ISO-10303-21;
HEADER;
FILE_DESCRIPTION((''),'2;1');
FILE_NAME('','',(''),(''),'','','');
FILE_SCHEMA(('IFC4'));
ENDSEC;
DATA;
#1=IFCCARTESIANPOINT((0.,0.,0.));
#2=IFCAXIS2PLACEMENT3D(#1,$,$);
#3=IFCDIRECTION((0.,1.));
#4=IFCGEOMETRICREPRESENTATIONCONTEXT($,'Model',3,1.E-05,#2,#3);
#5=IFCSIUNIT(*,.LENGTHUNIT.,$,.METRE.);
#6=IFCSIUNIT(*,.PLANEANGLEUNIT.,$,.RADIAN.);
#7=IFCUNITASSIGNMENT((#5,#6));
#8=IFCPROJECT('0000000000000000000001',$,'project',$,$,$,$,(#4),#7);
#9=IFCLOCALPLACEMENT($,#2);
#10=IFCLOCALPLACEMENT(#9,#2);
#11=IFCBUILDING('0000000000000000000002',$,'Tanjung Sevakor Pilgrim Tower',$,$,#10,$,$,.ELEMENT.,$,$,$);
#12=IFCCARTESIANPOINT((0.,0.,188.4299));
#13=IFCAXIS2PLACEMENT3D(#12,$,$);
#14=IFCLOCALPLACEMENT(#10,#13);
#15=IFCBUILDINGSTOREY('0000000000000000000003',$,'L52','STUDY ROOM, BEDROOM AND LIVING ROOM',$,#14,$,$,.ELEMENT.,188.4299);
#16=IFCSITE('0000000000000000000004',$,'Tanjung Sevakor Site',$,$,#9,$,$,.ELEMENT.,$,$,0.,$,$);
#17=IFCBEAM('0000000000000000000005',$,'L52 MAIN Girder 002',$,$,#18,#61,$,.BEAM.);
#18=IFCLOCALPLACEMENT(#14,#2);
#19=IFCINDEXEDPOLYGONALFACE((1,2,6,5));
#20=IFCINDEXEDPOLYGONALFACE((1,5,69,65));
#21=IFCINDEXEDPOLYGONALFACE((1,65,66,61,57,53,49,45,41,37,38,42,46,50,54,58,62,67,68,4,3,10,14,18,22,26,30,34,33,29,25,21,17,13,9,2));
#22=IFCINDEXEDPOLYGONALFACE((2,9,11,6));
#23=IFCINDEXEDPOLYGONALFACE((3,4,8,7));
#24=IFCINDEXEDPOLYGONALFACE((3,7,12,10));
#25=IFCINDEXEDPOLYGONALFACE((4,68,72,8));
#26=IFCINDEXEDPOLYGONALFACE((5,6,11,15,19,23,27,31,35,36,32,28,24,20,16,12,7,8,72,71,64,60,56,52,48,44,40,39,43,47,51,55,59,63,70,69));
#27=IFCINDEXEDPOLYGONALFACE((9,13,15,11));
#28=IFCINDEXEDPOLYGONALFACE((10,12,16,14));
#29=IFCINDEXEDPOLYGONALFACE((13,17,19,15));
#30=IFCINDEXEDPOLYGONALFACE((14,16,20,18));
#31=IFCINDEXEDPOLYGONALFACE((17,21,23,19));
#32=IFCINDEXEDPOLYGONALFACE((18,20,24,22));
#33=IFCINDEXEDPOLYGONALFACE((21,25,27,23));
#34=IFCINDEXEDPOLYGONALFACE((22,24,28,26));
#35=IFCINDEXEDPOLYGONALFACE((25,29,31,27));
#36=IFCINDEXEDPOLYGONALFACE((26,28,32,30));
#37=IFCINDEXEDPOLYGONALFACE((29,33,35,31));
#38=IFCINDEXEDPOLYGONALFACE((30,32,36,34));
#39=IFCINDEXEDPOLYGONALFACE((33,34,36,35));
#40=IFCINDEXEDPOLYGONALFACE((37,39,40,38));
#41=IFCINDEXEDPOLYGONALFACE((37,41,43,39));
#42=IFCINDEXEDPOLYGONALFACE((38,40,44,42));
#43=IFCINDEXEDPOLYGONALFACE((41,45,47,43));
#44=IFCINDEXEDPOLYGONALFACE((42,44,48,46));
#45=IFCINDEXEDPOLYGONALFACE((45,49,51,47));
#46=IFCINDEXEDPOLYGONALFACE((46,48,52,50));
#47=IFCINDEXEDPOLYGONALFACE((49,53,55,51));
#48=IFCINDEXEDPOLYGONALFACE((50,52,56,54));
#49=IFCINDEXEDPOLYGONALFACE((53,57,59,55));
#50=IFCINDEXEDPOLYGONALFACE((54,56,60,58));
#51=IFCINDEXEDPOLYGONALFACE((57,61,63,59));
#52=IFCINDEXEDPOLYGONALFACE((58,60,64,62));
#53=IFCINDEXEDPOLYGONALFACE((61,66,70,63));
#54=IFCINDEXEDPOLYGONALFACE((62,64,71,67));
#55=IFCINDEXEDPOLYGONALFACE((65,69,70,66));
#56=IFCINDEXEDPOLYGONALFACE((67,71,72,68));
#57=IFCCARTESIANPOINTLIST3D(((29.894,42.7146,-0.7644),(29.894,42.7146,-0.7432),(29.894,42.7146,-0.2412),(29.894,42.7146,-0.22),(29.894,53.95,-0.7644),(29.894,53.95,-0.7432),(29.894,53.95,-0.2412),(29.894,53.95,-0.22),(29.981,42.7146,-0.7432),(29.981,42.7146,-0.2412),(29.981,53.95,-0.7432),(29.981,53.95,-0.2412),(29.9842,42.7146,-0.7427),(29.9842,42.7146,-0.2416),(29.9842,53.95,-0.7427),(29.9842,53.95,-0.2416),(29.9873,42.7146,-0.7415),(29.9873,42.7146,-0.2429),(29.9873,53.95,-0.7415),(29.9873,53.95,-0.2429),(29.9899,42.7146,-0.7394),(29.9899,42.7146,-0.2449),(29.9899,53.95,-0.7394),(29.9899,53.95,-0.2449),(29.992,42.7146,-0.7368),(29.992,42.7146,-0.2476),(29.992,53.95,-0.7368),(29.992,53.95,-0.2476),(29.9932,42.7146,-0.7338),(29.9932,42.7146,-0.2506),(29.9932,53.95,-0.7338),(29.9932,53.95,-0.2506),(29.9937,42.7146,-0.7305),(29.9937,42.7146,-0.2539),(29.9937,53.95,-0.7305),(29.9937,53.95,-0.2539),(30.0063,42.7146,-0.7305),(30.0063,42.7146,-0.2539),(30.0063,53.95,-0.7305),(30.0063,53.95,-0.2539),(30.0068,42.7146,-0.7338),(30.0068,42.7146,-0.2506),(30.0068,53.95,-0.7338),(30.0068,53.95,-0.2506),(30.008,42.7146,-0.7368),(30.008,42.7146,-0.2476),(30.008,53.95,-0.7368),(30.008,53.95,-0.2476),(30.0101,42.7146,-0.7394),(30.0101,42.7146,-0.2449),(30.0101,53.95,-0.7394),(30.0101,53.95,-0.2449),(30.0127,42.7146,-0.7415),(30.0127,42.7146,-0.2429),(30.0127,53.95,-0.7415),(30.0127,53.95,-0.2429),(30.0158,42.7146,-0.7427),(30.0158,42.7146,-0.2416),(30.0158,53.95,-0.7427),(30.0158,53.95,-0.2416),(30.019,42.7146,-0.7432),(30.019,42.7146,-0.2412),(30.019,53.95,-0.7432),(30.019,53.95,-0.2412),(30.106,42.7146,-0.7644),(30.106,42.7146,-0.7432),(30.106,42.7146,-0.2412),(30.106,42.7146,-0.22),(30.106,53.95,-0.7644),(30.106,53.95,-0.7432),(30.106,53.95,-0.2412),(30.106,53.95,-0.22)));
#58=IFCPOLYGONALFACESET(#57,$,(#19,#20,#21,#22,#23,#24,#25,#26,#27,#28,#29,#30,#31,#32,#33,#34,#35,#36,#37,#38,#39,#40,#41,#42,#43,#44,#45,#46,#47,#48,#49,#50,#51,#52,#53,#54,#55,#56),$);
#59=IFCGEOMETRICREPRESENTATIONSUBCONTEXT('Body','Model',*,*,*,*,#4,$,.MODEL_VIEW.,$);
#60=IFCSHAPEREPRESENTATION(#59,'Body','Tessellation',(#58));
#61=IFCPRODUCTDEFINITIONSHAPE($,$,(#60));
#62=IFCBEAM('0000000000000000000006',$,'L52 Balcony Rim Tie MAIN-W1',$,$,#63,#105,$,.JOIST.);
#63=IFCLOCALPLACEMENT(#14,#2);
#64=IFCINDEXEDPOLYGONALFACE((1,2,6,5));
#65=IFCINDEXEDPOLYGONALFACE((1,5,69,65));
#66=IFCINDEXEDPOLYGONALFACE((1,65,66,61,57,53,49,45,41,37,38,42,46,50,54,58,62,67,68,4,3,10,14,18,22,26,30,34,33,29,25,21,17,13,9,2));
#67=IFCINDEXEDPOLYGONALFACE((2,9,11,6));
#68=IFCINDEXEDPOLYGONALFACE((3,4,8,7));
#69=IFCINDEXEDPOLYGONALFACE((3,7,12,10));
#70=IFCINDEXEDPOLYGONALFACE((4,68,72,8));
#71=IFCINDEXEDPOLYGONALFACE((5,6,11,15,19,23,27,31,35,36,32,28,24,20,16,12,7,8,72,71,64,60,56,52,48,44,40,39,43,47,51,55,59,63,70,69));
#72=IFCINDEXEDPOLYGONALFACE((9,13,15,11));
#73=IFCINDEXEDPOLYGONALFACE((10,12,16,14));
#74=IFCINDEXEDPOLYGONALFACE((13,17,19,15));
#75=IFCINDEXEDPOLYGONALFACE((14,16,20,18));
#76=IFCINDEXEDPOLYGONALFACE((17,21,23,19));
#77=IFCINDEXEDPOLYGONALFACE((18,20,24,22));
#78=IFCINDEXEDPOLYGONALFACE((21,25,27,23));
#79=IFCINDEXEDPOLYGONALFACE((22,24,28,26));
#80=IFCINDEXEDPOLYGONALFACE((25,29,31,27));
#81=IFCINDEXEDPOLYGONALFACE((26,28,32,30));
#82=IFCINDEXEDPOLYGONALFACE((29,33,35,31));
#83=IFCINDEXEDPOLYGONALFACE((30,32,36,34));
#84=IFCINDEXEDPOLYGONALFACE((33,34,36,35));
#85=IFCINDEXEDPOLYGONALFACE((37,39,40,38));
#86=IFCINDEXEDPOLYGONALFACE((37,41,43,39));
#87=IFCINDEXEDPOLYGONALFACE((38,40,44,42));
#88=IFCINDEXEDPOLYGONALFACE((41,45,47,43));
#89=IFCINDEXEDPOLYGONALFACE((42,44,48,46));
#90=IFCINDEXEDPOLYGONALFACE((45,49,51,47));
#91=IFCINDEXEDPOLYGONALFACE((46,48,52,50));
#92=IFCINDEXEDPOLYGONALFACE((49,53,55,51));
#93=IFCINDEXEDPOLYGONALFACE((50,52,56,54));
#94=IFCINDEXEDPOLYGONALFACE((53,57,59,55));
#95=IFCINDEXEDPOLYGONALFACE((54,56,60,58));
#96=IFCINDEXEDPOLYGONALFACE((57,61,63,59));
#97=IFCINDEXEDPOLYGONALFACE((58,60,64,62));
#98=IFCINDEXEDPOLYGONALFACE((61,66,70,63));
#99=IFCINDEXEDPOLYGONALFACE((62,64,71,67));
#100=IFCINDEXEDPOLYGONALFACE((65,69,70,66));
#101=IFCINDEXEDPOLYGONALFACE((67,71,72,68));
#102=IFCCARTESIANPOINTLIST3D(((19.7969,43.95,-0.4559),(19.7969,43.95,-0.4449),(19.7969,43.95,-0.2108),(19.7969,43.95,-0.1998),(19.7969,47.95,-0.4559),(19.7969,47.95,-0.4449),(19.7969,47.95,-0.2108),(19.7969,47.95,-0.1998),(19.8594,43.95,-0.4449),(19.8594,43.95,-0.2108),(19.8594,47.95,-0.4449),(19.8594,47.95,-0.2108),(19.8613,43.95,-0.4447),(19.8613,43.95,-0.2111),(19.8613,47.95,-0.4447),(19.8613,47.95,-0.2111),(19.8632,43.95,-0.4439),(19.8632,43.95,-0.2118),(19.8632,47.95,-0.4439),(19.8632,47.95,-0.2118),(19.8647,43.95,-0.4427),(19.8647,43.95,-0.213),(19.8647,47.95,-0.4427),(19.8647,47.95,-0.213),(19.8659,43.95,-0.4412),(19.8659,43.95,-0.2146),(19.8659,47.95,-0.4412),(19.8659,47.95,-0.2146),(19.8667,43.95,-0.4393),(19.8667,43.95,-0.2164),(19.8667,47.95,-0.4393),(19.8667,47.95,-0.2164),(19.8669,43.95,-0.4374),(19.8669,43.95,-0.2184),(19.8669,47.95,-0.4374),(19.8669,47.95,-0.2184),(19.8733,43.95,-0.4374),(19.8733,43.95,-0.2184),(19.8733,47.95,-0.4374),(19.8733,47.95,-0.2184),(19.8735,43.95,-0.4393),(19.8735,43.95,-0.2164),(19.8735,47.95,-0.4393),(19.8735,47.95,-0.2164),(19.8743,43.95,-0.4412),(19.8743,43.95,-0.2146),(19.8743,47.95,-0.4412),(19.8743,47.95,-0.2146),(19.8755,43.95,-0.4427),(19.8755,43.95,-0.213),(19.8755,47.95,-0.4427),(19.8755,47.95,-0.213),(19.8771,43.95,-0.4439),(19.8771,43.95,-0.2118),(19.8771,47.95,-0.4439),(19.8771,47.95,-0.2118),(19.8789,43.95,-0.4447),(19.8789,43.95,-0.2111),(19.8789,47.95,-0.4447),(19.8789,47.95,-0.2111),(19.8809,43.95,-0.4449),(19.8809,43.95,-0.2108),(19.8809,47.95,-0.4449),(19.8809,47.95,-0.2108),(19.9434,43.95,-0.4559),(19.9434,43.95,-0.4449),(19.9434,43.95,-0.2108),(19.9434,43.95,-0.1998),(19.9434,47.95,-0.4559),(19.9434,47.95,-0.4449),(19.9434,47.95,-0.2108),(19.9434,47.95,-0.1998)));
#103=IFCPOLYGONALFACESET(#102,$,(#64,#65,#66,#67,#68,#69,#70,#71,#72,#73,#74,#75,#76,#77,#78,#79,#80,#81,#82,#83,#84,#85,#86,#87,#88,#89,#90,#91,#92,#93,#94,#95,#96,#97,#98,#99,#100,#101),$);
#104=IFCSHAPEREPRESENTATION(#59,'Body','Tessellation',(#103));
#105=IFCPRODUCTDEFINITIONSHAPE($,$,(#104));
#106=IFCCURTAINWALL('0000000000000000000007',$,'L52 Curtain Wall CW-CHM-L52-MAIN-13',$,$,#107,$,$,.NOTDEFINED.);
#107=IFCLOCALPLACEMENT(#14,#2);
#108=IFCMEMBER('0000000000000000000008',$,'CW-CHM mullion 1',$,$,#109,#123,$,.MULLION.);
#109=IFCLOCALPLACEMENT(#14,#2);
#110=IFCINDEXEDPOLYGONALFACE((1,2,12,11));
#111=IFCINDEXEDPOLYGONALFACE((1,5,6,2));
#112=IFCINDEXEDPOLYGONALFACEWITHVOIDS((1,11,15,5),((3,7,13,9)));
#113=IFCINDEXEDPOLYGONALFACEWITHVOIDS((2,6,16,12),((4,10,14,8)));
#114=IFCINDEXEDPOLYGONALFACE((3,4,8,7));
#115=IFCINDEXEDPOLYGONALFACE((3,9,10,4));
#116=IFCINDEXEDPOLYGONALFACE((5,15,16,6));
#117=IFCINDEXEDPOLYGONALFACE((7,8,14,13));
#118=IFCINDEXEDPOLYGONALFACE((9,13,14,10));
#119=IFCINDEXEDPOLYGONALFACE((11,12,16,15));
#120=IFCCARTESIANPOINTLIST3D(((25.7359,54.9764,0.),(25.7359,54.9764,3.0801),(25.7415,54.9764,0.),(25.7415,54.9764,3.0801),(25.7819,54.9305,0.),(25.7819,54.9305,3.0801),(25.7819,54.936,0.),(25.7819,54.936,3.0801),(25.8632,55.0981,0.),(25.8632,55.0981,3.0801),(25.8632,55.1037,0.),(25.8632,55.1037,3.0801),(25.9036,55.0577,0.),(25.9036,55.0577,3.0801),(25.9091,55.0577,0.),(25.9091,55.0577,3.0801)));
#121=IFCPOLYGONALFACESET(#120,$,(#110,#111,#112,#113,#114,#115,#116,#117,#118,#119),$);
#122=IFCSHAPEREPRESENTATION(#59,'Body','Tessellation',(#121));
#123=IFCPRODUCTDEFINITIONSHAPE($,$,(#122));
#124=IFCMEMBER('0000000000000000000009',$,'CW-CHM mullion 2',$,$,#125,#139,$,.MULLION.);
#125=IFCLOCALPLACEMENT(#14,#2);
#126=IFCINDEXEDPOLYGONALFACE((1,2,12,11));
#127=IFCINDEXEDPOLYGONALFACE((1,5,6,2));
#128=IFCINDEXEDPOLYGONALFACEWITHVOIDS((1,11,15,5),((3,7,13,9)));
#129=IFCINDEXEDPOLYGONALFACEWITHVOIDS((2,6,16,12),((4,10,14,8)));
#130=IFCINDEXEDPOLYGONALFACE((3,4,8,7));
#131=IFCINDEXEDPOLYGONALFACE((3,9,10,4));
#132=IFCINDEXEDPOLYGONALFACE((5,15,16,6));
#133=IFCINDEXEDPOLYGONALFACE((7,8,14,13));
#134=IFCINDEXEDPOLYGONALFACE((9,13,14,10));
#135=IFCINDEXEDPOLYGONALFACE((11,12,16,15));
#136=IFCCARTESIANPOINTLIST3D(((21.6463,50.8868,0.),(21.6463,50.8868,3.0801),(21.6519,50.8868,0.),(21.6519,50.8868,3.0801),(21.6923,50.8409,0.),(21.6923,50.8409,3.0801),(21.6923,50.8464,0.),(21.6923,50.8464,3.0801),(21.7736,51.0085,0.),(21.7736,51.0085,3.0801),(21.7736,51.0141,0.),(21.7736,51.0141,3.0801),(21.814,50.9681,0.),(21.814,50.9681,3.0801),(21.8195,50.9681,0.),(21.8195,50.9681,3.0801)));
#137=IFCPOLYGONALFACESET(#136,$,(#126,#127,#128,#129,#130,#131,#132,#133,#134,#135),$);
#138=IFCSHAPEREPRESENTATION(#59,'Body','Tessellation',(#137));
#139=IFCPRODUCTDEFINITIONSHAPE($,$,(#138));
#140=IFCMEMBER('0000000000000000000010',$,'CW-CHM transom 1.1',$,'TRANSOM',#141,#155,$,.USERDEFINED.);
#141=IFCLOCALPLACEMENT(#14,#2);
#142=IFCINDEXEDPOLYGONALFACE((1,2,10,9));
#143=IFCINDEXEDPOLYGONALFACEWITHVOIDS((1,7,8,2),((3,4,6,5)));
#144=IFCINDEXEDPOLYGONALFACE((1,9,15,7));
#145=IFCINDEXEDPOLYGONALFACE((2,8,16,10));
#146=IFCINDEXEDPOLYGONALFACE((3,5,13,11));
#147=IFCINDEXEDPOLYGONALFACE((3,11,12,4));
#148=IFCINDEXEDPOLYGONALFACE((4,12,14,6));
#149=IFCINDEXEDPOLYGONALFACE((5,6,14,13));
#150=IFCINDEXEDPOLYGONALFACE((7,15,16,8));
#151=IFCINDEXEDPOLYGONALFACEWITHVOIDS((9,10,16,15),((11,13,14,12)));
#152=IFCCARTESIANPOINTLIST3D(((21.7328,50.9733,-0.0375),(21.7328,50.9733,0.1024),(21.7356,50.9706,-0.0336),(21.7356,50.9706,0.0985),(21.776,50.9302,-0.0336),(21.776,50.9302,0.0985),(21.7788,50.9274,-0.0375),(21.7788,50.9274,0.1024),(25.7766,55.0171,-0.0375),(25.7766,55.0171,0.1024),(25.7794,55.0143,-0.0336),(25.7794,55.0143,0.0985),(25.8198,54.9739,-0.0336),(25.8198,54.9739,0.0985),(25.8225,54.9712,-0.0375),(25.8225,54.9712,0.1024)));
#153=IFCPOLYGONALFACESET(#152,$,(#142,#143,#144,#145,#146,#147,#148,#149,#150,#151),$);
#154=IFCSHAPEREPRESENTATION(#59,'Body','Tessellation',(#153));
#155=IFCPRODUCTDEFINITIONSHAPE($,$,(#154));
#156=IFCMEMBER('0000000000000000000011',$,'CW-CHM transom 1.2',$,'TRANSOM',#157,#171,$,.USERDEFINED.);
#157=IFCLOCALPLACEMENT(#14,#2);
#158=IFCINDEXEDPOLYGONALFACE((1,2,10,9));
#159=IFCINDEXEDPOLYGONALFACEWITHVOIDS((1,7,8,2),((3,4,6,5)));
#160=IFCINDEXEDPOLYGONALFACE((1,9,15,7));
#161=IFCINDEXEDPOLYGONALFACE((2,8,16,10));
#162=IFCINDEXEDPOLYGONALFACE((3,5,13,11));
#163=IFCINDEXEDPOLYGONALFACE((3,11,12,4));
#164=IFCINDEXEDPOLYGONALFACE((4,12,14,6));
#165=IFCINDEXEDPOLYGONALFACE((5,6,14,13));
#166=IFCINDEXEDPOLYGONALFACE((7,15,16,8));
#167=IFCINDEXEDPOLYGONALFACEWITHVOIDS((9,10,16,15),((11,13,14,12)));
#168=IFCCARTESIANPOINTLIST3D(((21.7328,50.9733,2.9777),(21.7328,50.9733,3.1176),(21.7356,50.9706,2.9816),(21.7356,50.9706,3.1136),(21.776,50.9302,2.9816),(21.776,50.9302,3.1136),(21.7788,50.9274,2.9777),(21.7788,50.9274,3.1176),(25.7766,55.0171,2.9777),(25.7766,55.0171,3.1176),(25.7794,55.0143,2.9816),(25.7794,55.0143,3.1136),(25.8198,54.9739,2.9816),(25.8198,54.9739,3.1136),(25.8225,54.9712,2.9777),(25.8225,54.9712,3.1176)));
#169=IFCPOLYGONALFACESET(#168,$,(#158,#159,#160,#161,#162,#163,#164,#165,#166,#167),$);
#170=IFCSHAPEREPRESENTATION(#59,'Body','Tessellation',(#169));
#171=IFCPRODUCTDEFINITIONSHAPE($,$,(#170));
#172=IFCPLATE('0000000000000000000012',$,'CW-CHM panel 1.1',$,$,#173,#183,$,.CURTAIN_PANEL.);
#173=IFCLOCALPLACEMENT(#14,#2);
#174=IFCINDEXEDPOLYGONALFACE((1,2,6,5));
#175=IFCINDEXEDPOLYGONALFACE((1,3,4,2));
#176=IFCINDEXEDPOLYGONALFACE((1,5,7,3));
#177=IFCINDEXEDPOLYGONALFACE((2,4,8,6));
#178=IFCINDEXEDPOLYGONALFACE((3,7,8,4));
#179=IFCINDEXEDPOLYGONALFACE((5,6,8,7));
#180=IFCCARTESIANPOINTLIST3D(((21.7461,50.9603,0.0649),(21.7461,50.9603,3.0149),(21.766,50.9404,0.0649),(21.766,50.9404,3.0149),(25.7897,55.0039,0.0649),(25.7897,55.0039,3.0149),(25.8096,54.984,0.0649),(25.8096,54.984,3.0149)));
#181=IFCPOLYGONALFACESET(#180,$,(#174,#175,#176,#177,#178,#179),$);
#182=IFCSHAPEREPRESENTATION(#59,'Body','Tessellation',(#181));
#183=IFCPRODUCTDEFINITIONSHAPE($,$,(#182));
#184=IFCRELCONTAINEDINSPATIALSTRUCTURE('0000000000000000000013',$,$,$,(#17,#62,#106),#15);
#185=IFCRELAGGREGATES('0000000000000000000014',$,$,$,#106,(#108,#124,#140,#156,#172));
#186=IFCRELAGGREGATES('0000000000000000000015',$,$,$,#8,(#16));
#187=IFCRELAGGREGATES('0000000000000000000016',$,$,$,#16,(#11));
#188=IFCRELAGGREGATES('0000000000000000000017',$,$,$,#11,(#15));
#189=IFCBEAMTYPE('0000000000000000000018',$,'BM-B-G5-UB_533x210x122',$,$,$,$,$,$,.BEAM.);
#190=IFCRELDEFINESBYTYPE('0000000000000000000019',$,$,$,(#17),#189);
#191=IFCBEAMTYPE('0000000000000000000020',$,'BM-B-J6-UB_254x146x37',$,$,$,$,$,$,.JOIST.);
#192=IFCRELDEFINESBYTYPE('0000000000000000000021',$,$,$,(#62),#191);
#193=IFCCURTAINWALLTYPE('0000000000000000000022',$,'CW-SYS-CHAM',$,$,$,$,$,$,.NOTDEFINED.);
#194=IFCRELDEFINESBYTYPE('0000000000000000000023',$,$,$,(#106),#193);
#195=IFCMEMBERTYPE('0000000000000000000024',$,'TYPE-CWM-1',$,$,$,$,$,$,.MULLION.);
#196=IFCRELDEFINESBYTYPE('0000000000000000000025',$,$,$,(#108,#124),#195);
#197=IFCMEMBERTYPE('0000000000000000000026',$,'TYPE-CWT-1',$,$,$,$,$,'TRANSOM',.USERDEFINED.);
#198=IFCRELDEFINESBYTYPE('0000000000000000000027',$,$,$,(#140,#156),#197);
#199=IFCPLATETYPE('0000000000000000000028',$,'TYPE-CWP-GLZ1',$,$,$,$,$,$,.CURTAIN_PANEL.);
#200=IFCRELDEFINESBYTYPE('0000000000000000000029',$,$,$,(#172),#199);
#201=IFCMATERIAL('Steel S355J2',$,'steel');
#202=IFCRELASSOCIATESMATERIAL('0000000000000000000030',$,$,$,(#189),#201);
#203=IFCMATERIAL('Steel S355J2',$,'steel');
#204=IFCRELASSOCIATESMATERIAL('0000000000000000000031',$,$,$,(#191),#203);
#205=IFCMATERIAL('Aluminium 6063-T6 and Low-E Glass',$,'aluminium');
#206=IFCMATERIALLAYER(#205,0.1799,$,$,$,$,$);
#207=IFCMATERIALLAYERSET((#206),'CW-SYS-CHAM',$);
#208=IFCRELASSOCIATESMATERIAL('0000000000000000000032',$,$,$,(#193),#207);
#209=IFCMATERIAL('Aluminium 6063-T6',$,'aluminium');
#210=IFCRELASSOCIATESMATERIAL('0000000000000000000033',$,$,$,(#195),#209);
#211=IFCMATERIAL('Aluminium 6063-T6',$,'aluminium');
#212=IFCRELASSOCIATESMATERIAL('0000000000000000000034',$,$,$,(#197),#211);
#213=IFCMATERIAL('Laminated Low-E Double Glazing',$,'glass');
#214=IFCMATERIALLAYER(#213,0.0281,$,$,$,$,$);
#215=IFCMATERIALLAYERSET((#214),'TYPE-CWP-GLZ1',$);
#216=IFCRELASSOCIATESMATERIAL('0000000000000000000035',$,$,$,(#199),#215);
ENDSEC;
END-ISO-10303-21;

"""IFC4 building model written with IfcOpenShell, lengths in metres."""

from ifc_helpers import new_model, si_unit, direction, frame, origin, origin_2d, place, context, subcontext, project, spatial, rectangle, hollow_rectangle, i_section, extrude, material, layer, layer_set, material_profile, profile_set, type_object, element, aggregate, save


model = new_model("IFC4")

# Units and contexts
model_context = context("Model", 3, precision=1e-05, world=origin(), true_north=direction((0.0, 1.0)))
body_context = subcontext(model_context, "Body", "Model", "MODEL_VIEW")
ifc_project = project(units=[si_unit("LENGTHUNIT", "METRE"), si_unit("PLANEANGLEUNIT", "RADIAN")], contexts=[model_context])

# Site, building, storey
site_placement = place(None, origin())
site = spatial("IfcSite", under=ifc_project, at=site_placement, Name="Tanjung Sevakor Site", CompositionType="ELEMENT", RefElevation=0.0)
building_placement = place(site_placement, origin())
building = spatial("IfcBuilding", under=site, at=building_placement, Name="Tanjung Sevakor Pilgrim Tower", CompositionType="ELEMENT")
storey_placement = place(building_placement, frame((0.0, 0.0, 188.4299)))
storey = spatial("IfcBuildingStorey", under=building, at=storey_placement, Name="L52", Description="STUDY ROOM, BEDROOM AND LIVING ROOM", CompositionType="ELEMENT", Elevation=188.4299)

# Beams
ifc_material_1 = material(Name="Steel S355J2", Category="steel")
ifc_material_profile_1 = material_profile(ifc_material_1, i_section(OverallWidth=0.2119, OverallDepth=0.5444, WebThickness=0.0127, FlangeThickness=0.0212, FilletRadius=0.0127, at=origin_2d()))
ifc_profile_set_1 = profile_set([ifc_material_profile_1], Name="Steel S355J2")
beam_type_1 = type_object("IfcBeamType", Name="BM-B-G5-UB_533x210x122", PredefinedType="BEAM", material=ifc_profile_set_1)
beam_1_placement = place(storey_placement, frame((30.0, 42.7146, -0.4922), z_axis=(0.0, 1.0, 0.0), x_axis=(-1.0, 0.0, 0.0)))
element("IfcBeam", 1, at=beam_1_placement, inside=storey, type_object=beam_type_1, Name="L52 MAIN Girder 002", PredefinedType="BEAM", context=body_context, shape_type="SweptSolid", body=[
    extrude(i_section(OverallWidth=0.2119, OverallDepth=0.5444, WebThickness=0.0127, FlangeThickness=0.0212, FilletRadius=0.0127, at=origin_2d()), origin(), (0.0, 0.0, 1.0), 11.2354),
])
ifc_material_2 = material(Name="Steel S355J2", Category="steel")
ifc_material_profile_2 = material_profile(ifc_material_2, i_section(OverallWidth=0.1465, OverallDepth=0.2561, WebThickness=0.0063, FlangeThickness=0.011, FilletRadius=0.0076, at=origin_2d()))
ifc_profile_set_2 = profile_set([ifc_material_profile_2], Name="Steel S355J2")
beam_type_2 = type_object("IfcBeamType", Name="BM-B-J6-UB_254x146x37", PredefinedType="JOIST", material=ifc_profile_set_2)
beam_2_placement = place(storey_placement, frame((19.8701, 43.95, -0.3279), z_axis=(0.0, 1.0, 0.0), x_axis=(-1.0, 0.0, 0.0)))
element("IfcBeam", 2, at=beam_2_placement, inside=storey, type_object=beam_type_2, Name="L52 Balcony Rim Tie MAIN-W1", PredefinedType="JOIST", context=body_context, shape_type="SweptSolid", body=[
    extrude(i_section(OverallWidth=0.1465, OverallDepth=0.2561, WebThickness=0.0063, FlangeThickness=0.011, FilletRadius=0.0076, at=origin_2d()), origin(), (0.0, 0.0, 1.0), 4.0),
])

# Curtain wall, members, plate
ifc_material_3 = material(Name="Aluminium 6063-T6 and Low-E Glass", Category="aluminium")
ifc_layer_1 = layer(ifc_material_3, 0.1799)
ifc_layer_set_1 = layer_set([ifc_layer_1], Name="CW-SYS-CHAM")
curtain_wall_type = type_object("IfcCurtainWallType", Name="CW-SYS-CHAM", PredefinedType="NOTDEFINED", material=ifc_layer_set_1)
curtain_wall_placement = place(storey_placement, origin())
curtain_wall = element("IfcCurtainWall", 3, at=curtain_wall_placement, inside=storey, type_object=curtain_wall_type, Name="L52 Curtain Wall CW-CHM-L52-MAIN-13", PredefinedType="NOTDEFINED")
ifc_material_4 = material(Name="Aluminium 6063-T6", Category="aluminium")
ifc_material_profile_3 = material_profile(ifc_material_4, hollow_rectangle(XDim=0.0649, YDim=0.1799, WallThickness=0.0039, at=origin_2d()))
ifc_profile_set_3 = profile_set([ifc_material_profile_3], Name="Aluminium 6063-T6")
member_type_1 = type_object("IfcMemberType", Name="TYPE-CWM-1", PredefinedType="MULLION", material=ifc_profile_set_3)
member_1_placement = place(storey_placement, frame((25.8225, 55.0171, 0.0), z_axis=(0.0, 0.0, 1.0), x_axis=(0.707107, -0.707107, 0.0)))
member_1 = element("IfcMember", 4, at=member_1_placement, type_object=member_type_1, Name="CW-CHM mullion 1", PredefinedType="MULLION", context=body_context, shape_type="SweptSolid", body=[
    extrude(hollow_rectangle(XDim=0.0649, YDim=0.1799, WallThickness=0.0039, at=origin_2d()), origin(), (0.0, 0.0, 1.0), 3.0801),
])
member_2_placement = place(storey_placement, frame((21.7329, 50.9275, 0.0), z_axis=(0.0, 0.0, 1.0), x_axis=(0.707107, -0.707107, 0.0)))
member_2 = element("IfcMember", 5, at=member_2_placement, type_object=member_type_1, Name="CW-CHM mullion 2", PredefinedType="MULLION", context=body_context, shape_type="SweptSolid", body=[
    extrude(hollow_rectangle(XDim=0.0649, YDim=0.1799, WallThickness=0.0039, at=origin_2d()), origin(), (0.0, 0.0, 1.0), 3.0801),
])
ifc_material_5 = material(Name="Aluminium 6063-T6", Category="aluminium")
ifc_material_profile_4 = material_profile(ifc_material_5, hollow_rectangle(XDim=0.0649, YDim=0.1399, WallThickness=0.0039, at=origin_2d()))
ifc_profile_set_4 = profile_set([ifc_material_profile_4], Name="Aluminium 6063-T6")
member_type_2 = type_object("IfcMemberType", Name="TYPE-CWT-1", ElementType="TRANSOM", PredefinedType="USERDEFINED", material=ifc_profile_set_4)
member_3_placement = place(storey_placement, frame((25.7996, 54.9941, 0.0325), z_axis=(-0.707107, -0.707107, 0.0), x_axis=(0.707107, -0.707107, 0.0)))
member_3 = element("IfcMember", 6, at=member_3_placement, type_object=member_type_2, Name="CW-CHM transom 1.1", ObjectType="TRANSOM", PredefinedType="USERDEFINED", context=body_context, shape_type="SweptSolid", body=[
    extrude(hollow_rectangle(XDim=0.0649, YDim=0.1399, WallThickness=0.0039, at=origin_2d()), origin(), (0.0, 0.0, 1.0), 5.7188),
])
member_4_placement = place(storey_placement, frame((25.7996, 54.9941, 3.0476), z_axis=(-0.707107, -0.707107, 0.0), x_axis=(0.707107, -0.707107, 0.0)))
member_4 = element("IfcMember", 7, at=member_4_placement, type_object=member_type_2, Name="CW-CHM transom 1.2", ObjectType="TRANSOM", PredefinedType="USERDEFINED", context=body_context, shape_type="SweptSolid", body=[
    extrude(hollow_rectangle(XDim=0.0649, YDim=0.1399, WallThickness=0.0039, at=origin_2d()), origin(), (0.0, 0.0, 1.0), 5.7188),
])
ifc_material_6 = material(Name="Laminated Low-E Double Glazing", Category="glass")
ifc_layer_2 = layer(ifc_material_6, 0.0281)
ifc_layer_set_2 = layer_set([ifc_layer_2], Name="TYPE-CWP-GLZ1")
plate_type = type_object("IfcPlateType", Name="TYPE-CWP-GLZ1", PredefinedType="CURTAIN_PANEL", material=ifc_layer_set_2)
plate_placement = place(storey_placement, frame((23.7778, 52.9722, 0.0649), z_axis=(0.0, 0.0, 1.0), x_axis=(-0.707107, -0.707107, 0.0)))
plate = element("IfcPlate", 8, at=plate_placement, type_object=plate_type, Name="CW-CHM panel 1.1", PredefinedType="CURTAIN_PANEL", context=body_context, shape_type="SweptSolid", body=[
    extrude(rectangle(XDim=5.7185, YDim=0.0281, at=origin_2d()), origin(), (0.0, 0.0, 1.0), 2.95),
])
aggregate(curtain_wall, [member_1, member_2, member_3, member_4, plate])

save(model, "model.ifc")
